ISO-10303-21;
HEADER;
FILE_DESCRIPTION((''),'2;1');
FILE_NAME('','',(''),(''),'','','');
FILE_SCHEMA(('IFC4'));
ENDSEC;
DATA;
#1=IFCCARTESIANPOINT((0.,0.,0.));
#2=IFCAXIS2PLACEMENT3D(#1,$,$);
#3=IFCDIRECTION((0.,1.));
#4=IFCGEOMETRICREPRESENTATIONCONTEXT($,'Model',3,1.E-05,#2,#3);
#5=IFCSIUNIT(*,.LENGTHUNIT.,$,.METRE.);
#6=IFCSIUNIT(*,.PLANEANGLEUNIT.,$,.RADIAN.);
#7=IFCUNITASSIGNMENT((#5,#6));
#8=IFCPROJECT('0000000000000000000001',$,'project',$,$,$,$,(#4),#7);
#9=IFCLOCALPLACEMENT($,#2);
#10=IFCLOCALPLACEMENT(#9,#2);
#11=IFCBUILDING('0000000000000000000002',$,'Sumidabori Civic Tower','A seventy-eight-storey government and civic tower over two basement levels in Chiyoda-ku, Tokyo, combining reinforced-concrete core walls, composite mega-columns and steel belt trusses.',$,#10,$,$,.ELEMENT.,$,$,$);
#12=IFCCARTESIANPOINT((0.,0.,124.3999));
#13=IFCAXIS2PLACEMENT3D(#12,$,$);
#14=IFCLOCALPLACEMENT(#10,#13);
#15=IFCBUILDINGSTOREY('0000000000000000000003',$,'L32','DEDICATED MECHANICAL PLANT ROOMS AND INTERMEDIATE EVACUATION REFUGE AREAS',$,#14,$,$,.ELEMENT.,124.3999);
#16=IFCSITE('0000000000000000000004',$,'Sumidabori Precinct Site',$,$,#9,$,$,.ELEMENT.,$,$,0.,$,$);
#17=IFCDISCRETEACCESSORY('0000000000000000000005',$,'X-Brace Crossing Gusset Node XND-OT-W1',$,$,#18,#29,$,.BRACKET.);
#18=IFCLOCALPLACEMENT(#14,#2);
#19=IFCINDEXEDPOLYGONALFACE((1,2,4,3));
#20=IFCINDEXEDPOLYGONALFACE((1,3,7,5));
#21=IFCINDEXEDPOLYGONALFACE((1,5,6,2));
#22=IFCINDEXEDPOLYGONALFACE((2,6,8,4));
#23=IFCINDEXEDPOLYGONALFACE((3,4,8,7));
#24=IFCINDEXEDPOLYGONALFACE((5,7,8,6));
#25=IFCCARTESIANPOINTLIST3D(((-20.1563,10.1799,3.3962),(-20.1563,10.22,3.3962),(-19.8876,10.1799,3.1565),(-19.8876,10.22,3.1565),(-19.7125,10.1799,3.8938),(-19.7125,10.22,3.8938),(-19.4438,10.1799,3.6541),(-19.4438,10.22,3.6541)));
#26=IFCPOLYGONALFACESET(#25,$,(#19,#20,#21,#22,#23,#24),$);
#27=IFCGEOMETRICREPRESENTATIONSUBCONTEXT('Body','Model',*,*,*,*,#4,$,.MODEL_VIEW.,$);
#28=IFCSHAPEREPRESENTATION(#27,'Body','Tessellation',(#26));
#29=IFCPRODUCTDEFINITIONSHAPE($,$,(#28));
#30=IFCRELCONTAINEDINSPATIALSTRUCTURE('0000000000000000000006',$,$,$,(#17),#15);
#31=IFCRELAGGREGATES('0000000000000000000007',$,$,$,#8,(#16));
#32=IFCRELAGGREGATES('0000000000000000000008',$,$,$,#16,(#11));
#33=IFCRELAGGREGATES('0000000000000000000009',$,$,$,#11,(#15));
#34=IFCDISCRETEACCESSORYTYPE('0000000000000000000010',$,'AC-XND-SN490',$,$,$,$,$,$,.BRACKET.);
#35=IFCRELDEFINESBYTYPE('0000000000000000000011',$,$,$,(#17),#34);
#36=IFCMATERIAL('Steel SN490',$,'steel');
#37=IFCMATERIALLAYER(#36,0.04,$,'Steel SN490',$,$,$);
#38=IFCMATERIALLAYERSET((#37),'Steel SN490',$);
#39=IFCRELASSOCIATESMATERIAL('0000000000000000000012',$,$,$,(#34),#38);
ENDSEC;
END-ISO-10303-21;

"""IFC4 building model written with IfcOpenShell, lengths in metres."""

from ifc_helpers import new_model, si_unit, direction, frame, origin, origin_2d, place, context, subcontext, project, spatial, rectangle, extrude, source, transform, mapped, material, layer, layer_set, type_object, element, save


model = new_model("IFC4")

# Units and contexts
model_context = context("Model", 3, precision=1e-05, world=origin(), true_north=direction((0.0, 1.0)))
body_context = subcontext(model_context, "Body", "Model", "MODEL_VIEW")
ifc_project = project(units=[si_unit("LENGTHUNIT", "METRE"), si_unit("PLANEANGLEUNIT", "RADIAN")], contexts=[model_context])

# Site, building, storey
site_placement = place(None, origin())
site = spatial("IfcSite", under=ifc_project, at=site_placement, Name="Sumidabori Precinct Site", CompositionType="ELEMENT", RefElevation=0.0)
building_placement = place(site_placement, origin())
building = spatial("IfcBuilding", under=site, at=building_placement, Name="Sumidabori Civic Tower", Description="A seventy-eight-storey government and civic tower over two basement levels in Chiyoda-ku, Tokyo, combining reinforced-concrete core walls, composite mega-columns and steel belt trusses.", CompositionType="ELEMENT")
storey_placement = place(building_placement, frame((0.0, 0.0, 124.3999)))
storey = spatial("IfcBuildingStorey", under=building, at=storey_placement, Name="L32", Description="DEDICATED MECHANICAL PLANT ROOMS AND INTERMEDIATE EVACUATION REFUGE AREAS", CompositionType="ELEMENT", Elevation=124.3999)

# Shared definitions
ifc_material_1 = material(Name="Steel SN490", Category="steel")

# Discrete accessory
ifc_layer_1 = layer(ifc_material_1, 0.04, Name="Steel SN490")
ifc_layer_set_1 = layer_set([ifc_layer_1], Name="Steel SN490")
discrete_accessory_type_1 = type_object("IfcDiscreteAccessoryType", Name="AC-XND-SN490", PredefinedType="BRACKET", material=ifc_layer_set_1)
shared_shape_1 = source(origin(), body_context, "Body", "SweptSolid", [
    extrude(rectangle(XDim=0.04, YDim=0.3601, at=origin_2d()), origin(), (0.0, 0.0, 1.0), 0.6667),
])
discrete_accessory_placement = place(storey_placement, frame((-19.5781, 10.2, 3.7739), z_axis=(-0.665681, 0.0, -0.746236), x_axis=(0.0, -1.0, 0.0)))
element("IfcDiscreteAccessory", 1, at=discrete_accessory_placement, inside=storey, type_object=discrete_accessory_type_1, Name="X-Brace Crossing Gusset Node XND-OT-W1", PredefinedType="BRACKET", context=body_context, shape_type="MappedRepresentation", body=[
    mapped(shared_shape_1, transform((0.0, 0.0, 0.0), x_axis=(1.0, 0.0, 0.0), y_axis=(0.0, 1.0, 0.0), z_axis=(0.0, 0.0, 1.0), scale=1.0)),
])

save(model, "model.ifc")
